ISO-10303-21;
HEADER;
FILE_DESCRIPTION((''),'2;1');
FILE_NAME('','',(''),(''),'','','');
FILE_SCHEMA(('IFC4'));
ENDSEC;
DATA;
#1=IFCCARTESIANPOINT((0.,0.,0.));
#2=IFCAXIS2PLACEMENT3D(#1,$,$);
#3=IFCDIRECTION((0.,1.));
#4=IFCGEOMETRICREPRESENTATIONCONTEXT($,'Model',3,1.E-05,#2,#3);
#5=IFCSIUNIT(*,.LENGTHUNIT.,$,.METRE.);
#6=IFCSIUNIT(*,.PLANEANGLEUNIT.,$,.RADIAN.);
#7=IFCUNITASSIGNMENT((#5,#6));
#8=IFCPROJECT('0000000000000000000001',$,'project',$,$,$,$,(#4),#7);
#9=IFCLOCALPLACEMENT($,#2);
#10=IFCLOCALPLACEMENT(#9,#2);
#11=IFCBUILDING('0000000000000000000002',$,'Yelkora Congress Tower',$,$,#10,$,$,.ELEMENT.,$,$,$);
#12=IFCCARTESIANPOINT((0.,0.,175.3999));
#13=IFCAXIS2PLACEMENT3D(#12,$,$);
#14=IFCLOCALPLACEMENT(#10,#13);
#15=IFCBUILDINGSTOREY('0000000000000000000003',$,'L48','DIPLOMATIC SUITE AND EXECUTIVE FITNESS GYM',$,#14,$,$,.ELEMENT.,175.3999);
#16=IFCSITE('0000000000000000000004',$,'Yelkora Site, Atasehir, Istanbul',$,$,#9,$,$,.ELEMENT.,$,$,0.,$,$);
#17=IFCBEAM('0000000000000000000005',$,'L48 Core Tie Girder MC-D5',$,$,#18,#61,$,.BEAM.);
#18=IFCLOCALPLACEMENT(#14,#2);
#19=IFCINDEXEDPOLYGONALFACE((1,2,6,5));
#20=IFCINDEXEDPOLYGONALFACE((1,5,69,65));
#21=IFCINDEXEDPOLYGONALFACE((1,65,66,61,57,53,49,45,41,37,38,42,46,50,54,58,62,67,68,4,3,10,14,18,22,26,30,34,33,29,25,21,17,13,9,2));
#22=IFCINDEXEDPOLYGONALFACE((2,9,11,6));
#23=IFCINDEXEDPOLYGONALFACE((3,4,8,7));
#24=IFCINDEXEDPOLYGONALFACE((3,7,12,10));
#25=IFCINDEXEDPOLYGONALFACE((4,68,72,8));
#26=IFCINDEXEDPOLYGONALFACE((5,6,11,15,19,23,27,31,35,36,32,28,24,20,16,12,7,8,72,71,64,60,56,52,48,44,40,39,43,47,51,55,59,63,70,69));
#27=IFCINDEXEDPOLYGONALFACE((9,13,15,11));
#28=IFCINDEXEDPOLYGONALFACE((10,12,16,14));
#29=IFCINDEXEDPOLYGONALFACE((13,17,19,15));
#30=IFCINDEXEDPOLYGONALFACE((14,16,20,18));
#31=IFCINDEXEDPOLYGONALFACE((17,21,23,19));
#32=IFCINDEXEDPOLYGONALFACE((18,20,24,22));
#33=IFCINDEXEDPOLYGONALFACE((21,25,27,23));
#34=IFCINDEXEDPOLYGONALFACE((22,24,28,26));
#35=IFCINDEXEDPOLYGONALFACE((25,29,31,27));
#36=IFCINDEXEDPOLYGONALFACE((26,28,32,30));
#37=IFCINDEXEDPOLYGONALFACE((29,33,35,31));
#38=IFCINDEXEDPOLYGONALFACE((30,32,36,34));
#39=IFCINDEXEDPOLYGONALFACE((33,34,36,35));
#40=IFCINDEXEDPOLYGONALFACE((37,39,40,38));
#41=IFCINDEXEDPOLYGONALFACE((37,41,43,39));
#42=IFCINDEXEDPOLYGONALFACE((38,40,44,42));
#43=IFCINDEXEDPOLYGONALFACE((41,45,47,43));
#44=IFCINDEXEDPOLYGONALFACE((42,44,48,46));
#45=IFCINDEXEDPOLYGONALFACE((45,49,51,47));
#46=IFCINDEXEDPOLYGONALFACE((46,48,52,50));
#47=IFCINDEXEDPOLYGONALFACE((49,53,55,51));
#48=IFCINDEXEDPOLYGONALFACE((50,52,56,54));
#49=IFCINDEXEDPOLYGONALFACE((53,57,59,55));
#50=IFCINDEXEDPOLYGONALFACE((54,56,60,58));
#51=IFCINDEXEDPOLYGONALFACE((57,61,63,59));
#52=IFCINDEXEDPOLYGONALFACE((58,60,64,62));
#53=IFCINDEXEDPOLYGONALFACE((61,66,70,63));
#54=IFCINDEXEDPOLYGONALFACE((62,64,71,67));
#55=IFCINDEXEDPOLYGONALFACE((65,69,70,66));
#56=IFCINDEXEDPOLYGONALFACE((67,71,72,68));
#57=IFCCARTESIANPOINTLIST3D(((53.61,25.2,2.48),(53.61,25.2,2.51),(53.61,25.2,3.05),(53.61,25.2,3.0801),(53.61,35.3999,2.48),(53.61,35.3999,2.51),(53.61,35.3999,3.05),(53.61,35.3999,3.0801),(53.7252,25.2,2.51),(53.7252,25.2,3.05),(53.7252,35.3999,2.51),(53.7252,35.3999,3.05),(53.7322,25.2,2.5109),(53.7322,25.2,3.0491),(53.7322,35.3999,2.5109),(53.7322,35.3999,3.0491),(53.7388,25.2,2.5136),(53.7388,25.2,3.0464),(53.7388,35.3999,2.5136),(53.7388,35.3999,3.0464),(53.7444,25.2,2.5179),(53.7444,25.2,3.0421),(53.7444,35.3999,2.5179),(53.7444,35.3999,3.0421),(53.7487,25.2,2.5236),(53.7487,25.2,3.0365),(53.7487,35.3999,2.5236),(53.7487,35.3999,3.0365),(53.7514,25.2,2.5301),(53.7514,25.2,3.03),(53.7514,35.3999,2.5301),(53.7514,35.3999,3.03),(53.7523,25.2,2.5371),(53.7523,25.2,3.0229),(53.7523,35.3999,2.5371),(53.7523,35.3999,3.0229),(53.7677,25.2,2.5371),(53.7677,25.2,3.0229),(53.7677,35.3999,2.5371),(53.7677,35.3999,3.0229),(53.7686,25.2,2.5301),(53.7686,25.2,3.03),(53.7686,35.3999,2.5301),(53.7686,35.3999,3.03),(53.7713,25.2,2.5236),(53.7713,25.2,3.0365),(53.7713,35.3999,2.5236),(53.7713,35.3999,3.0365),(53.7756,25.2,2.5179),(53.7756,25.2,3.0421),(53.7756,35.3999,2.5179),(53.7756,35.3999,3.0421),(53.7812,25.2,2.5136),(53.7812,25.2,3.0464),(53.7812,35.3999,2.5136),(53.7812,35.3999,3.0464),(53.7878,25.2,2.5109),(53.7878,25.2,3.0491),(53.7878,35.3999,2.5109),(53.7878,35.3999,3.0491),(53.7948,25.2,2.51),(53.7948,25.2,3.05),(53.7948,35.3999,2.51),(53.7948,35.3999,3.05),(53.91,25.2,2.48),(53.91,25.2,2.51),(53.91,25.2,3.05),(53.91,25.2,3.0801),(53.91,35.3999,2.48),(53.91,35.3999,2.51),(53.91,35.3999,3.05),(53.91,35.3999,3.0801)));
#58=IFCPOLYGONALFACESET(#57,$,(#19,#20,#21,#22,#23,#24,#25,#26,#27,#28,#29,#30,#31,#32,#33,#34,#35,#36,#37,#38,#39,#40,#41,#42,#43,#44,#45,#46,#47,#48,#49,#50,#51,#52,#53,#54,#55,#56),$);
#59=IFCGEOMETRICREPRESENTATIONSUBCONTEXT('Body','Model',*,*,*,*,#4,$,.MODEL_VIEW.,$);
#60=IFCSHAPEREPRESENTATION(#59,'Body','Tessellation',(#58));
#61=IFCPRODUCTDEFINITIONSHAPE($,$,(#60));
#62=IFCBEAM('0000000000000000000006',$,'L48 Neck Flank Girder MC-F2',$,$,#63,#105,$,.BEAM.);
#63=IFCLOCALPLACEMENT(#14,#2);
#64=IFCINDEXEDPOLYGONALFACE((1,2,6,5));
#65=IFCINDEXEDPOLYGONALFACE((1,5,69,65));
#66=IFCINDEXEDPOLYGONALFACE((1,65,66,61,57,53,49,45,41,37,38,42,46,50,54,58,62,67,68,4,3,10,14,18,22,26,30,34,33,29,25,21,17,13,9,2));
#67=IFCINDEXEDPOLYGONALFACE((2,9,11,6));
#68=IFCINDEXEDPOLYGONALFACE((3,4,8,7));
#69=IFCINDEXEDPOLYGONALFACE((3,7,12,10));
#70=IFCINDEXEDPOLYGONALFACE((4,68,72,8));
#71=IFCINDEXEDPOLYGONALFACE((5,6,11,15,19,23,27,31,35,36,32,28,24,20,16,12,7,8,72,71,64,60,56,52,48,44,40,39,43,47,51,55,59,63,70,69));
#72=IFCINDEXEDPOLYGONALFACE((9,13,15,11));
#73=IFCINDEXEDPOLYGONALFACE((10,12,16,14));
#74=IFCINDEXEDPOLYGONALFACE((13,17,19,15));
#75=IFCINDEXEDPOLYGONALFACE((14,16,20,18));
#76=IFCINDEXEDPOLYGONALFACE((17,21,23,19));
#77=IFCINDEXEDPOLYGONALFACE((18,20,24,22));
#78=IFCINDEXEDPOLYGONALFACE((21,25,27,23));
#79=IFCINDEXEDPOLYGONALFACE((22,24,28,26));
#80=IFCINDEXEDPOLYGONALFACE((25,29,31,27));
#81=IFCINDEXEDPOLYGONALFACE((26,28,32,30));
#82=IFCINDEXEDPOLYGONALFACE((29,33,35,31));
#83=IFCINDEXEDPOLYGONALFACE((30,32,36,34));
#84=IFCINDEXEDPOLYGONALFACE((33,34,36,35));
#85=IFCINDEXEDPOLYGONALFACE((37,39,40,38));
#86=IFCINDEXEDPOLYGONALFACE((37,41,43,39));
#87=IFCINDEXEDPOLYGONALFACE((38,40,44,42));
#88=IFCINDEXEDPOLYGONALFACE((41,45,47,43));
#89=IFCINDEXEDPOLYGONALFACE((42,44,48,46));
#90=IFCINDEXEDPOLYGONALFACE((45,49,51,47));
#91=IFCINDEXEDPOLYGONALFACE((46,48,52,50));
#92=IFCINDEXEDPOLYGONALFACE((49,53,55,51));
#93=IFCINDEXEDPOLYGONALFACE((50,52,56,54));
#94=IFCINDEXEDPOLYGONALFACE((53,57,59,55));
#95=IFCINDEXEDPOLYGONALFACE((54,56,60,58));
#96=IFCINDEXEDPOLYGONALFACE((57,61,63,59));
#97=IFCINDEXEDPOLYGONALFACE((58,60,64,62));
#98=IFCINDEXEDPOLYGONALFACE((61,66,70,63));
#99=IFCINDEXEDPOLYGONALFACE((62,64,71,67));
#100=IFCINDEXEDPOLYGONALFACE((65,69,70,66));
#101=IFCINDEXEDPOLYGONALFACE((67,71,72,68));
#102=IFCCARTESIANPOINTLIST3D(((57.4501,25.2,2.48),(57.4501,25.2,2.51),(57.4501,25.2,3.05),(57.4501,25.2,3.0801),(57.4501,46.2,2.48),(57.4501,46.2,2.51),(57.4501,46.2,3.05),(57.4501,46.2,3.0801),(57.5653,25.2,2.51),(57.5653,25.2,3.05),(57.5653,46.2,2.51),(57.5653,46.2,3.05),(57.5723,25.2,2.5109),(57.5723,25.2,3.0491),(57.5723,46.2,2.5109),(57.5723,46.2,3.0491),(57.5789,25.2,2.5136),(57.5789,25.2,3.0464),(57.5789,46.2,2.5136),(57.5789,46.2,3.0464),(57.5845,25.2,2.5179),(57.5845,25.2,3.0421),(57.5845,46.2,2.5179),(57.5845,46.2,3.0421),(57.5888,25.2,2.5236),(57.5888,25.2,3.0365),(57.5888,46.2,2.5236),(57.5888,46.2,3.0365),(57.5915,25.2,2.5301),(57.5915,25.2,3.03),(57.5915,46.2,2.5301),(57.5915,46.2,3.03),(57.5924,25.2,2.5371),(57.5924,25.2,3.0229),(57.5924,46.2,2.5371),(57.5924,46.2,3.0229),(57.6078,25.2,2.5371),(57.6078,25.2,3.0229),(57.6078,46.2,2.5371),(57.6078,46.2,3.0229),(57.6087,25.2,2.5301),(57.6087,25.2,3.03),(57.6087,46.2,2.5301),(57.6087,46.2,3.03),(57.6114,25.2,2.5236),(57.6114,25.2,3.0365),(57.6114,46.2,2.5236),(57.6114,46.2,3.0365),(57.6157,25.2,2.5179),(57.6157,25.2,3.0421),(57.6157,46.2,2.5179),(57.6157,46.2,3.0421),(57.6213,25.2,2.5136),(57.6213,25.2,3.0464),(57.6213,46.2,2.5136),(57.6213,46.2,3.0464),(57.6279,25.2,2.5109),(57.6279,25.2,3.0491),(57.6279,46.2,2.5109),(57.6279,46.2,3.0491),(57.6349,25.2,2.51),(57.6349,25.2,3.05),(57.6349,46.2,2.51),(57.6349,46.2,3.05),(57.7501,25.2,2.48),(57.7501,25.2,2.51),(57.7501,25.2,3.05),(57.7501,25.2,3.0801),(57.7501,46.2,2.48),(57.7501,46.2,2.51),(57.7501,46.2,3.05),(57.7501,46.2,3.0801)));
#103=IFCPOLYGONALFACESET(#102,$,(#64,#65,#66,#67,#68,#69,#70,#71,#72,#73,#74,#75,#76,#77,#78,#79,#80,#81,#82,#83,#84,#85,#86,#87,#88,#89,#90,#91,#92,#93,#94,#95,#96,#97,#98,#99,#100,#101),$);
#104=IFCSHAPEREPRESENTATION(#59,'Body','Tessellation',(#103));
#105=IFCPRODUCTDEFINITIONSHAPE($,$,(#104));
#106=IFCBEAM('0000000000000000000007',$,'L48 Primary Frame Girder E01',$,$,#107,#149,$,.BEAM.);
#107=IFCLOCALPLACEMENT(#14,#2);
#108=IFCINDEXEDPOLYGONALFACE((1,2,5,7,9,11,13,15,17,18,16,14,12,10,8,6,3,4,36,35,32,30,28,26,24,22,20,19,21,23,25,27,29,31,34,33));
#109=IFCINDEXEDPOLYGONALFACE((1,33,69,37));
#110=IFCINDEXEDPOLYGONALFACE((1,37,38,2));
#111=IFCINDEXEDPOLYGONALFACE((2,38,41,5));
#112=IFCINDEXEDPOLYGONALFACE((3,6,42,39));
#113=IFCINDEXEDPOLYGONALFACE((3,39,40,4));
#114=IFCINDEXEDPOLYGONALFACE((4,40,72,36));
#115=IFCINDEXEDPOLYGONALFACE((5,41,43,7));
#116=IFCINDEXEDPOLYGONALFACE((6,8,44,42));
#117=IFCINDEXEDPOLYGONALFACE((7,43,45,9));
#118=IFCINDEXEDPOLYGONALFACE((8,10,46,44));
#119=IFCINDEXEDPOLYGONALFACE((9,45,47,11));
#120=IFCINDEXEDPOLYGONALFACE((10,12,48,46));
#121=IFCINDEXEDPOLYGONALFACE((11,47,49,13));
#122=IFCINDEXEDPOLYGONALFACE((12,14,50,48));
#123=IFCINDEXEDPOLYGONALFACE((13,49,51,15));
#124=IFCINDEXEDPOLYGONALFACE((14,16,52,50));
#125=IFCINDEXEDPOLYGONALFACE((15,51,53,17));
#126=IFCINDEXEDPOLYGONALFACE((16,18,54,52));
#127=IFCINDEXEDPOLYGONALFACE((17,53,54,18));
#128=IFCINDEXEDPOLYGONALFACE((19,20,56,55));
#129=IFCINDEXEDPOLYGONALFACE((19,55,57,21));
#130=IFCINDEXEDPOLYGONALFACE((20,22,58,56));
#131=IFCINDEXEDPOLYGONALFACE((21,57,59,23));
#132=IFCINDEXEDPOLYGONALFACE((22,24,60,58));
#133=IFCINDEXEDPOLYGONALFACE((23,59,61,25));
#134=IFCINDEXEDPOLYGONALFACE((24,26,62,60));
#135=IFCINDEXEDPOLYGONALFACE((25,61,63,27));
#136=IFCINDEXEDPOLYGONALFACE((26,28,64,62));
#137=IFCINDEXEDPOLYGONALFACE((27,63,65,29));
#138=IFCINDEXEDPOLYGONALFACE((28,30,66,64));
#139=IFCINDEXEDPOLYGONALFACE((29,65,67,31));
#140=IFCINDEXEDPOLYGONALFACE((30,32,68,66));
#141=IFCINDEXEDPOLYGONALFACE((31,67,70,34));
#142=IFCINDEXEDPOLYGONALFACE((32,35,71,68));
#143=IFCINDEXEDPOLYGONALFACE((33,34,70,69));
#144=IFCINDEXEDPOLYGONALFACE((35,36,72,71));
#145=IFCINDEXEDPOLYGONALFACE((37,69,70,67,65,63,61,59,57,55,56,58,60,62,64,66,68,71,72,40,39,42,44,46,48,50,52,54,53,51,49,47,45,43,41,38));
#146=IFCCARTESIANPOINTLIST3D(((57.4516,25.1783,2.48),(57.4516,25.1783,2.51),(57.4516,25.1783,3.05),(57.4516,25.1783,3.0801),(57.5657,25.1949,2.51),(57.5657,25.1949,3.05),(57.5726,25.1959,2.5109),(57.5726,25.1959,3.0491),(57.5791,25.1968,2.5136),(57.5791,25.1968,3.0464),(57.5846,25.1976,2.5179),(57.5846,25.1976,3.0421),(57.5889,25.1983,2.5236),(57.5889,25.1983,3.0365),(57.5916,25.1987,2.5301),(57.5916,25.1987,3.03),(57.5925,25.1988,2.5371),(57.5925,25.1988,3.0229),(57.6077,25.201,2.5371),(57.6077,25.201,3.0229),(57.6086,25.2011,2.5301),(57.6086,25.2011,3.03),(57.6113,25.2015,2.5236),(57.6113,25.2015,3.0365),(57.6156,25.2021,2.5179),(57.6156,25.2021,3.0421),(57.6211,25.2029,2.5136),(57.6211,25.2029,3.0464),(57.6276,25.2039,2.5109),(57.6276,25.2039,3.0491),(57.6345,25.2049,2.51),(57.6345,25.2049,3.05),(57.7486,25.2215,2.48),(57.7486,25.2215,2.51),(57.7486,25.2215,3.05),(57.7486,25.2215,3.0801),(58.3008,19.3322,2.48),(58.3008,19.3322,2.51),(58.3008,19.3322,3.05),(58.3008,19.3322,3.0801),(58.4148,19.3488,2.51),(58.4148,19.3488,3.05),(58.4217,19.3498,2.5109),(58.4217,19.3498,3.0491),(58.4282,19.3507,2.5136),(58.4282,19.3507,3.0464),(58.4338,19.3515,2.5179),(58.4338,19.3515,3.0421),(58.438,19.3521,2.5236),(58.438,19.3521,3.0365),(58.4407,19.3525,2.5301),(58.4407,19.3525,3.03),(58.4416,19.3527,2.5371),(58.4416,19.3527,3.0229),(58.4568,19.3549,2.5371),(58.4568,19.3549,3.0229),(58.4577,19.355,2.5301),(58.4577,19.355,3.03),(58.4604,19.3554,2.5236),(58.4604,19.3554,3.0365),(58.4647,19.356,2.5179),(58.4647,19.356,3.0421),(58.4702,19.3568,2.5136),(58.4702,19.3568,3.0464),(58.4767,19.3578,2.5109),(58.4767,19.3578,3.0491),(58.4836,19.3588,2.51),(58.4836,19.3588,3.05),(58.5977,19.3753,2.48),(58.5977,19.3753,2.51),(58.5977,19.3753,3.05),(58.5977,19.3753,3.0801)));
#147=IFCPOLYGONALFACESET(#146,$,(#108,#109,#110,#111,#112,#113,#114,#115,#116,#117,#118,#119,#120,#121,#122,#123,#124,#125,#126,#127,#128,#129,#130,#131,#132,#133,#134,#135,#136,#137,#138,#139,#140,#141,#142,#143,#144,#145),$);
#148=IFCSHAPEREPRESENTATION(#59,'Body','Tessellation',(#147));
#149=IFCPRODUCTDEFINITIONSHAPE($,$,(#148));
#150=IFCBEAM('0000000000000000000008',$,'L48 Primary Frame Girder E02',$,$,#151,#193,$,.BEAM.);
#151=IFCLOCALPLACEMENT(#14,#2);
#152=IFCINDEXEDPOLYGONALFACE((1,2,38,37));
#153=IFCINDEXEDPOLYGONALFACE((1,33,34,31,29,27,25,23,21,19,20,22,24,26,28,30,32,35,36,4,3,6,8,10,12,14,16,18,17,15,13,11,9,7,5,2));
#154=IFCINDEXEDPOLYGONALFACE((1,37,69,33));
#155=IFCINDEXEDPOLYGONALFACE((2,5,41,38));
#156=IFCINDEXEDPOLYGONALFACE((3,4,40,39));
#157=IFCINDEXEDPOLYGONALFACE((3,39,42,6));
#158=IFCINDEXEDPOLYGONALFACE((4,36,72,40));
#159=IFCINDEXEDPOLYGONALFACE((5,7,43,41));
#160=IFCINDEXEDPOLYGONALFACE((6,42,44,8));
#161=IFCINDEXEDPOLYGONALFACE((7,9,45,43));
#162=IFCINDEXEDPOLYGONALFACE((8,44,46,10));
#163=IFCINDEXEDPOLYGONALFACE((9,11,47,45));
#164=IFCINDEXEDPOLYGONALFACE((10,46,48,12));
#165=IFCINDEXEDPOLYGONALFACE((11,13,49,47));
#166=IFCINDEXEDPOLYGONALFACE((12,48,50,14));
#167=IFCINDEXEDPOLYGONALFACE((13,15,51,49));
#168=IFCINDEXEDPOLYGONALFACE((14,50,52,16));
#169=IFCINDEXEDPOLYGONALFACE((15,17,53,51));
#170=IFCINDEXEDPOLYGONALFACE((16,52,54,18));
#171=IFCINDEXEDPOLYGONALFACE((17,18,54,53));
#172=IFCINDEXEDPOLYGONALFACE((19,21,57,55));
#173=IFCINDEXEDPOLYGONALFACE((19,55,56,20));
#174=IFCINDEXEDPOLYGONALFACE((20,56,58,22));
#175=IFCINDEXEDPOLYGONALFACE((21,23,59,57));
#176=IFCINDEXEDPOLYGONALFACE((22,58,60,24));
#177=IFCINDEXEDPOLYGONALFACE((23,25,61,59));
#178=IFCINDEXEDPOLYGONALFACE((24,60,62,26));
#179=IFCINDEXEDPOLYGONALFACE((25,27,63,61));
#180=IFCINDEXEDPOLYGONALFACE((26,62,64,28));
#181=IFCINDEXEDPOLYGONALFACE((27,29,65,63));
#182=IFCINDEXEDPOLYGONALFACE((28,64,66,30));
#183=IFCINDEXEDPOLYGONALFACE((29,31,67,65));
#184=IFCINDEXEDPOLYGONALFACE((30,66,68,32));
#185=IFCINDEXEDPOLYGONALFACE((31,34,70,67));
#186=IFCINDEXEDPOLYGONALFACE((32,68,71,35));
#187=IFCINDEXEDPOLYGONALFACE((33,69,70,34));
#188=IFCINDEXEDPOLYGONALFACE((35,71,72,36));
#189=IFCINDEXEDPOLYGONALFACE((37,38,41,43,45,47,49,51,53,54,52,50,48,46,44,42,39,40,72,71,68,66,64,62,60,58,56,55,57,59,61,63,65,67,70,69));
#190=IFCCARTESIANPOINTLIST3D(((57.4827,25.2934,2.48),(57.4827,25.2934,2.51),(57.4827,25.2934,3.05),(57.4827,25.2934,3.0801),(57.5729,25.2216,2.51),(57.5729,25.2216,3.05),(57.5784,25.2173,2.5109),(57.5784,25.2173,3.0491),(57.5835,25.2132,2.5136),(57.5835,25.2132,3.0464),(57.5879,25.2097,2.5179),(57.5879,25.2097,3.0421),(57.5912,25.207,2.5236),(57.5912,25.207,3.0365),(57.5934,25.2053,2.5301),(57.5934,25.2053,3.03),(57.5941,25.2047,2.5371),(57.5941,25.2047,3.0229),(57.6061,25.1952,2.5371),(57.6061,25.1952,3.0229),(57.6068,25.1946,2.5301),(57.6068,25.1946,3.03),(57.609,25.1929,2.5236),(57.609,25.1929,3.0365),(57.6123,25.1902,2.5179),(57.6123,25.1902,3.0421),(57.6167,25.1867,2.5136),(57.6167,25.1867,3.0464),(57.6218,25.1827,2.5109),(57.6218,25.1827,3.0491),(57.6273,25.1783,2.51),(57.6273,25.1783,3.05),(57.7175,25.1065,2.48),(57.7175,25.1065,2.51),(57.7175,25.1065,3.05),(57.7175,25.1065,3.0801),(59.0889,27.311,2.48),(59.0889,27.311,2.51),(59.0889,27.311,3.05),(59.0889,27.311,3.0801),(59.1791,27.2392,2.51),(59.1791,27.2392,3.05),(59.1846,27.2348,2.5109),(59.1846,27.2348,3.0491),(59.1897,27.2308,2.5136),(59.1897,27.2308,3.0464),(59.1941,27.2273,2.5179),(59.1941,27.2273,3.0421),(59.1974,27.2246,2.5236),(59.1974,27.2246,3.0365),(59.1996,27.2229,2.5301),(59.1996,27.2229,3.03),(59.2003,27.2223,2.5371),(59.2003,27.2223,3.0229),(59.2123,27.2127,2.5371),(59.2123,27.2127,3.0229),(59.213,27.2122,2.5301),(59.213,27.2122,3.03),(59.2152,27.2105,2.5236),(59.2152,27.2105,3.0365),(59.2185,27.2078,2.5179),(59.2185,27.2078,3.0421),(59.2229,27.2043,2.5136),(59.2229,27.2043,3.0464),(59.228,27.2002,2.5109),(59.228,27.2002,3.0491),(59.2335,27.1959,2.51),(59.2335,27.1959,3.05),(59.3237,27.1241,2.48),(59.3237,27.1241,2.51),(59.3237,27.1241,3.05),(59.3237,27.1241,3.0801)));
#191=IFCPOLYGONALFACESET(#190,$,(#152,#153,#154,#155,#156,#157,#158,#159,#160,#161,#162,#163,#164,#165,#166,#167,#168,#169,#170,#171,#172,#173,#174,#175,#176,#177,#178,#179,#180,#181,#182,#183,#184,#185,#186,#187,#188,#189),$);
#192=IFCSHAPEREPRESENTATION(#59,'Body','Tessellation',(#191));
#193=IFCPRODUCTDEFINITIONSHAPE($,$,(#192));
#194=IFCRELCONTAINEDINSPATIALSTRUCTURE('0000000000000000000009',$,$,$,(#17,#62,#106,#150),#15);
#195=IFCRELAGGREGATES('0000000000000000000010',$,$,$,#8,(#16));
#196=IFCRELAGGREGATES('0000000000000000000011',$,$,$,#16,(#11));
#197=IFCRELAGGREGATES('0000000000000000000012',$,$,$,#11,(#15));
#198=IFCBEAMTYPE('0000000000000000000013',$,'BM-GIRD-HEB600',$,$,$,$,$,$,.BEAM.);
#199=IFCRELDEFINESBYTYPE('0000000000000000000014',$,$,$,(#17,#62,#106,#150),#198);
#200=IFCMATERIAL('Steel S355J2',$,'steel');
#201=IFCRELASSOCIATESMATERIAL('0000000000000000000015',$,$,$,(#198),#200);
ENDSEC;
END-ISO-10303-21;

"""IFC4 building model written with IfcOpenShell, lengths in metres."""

from ifc_helpers import new_model, si_unit, direction, frame, origin, origin_2d, place, context, subcontext, project, spatial, i_section, extrude, material, material_profile, profile_set, type_object, element, save


model = new_model("IFC4")

# Units and contexts
model_context = context("Model", 3, precision=1e-05, world=origin(), true_north=direction((0.0, 1.0)))
body_context = subcontext(model_context, "Body", "Model", "MODEL_VIEW")
ifc_project = project(units=[si_unit("LENGTHUNIT", "METRE"), si_unit("PLANEANGLEUNIT", "RADIAN")], contexts=[model_context])

# Site, building, storey
site_placement = place(None, origin())
site = spatial("IfcSite", under=ifc_project, at=site_placement, Name="Yelkora Site, Atasehir, Istanbul", CompositionType="ELEMENT", RefElevation=0.0)
building_placement = place(site_placement, origin())
building = spatial("IfcBuilding", under=site, at=building_placement, Name="Yelkora Congress Tower", CompositionType="ELEMENT")
storey_placement = place(building_placement, frame((0.0, 0.0, 175.3999)))
storey = spatial("IfcBuildingStorey", under=building, at=storey_placement, Name="L48", Description="DIPLOMATIC SUITE AND EXECUTIVE FITNESS GYM", CompositionType="ELEMENT", Elevation=175.3999)

# Beams
ifc_material_1 = material(Name="Steel S355J2", Category="steel")
ifc_material_profile_1 = material_profile(ifc_material_1, i_section(OverallWidth=0.3, OverallDepth=0.6001, WebThickness=0.0154, FlangeThickness=0.03, FilletRadius=0.0271, at=origin_2d()), Name="HEB 600")
ifc_profile_set_1 = profile_set([ifc_material_profile_1], Name="Steel S355J2")
beam_type_1 = type_object("IfcBeamType", Name="BM-GIRD-HEB600", PredefinedType="BEAM", material=ifc_profile_set_1)
beam_1_placement = place(storey_placement, frame((53.76, 25.2, 2.78), z_axis=(0.0, 1.0, 0.0), x_axis=(-1.0, 0.0, 0.0)))
element("IfcBeam", 1, at=beam_1_placement, inside=storey, type_object=beam_type_1, Name="L48 Core Tie Girder MC-D5", PredefinedType="BEAM", context=body_context, shape_type="SweptSolid", body=[
    extrude(i_section(OverallWidth=0.3, OverallDepth=0.6001, WebThickness=0.0154, FlangeThickness=0.03, FilletRadius=0.0271, at=origin_2d()), origin(), (0.0, 0.0, 1.0), 10.2),
])
beam_2_placement = place(storey_placement, frame((57.6001, 25.2, 2.78), z_axis=(0.0, 1.0, 0.0), x_axis=(-1.0, 0.0, 0.0)))
element("IfcBeam", 2, at=beam_2_placement, inside=storey, type_object=beam_type_1, Name="L48 Neck Flank Girder MC-F2", PredefinedType="BEAM", context=body_context, shape_type="SweptSolid", body=[
    extrude(i_section(OverallWidth=0.3, OverallDepth=0.6001, WebThickness=0.0154, FlangeThickness=0.03, FilletRadius=0.0271, at=origin_2d()), origin(), (0.0, 0.0, 1.0), 21.0),
])
beam_3_placement = place(storey_placement, frame((58.4492, 19.3538, 2.78), z_axis=(-0.143735, 0.989616, 0.0), x_axis=(-0.989616, -0.143735, 0.0)))
element("IfcBeam", 3, at=beam_3_placement, inside=storey, type_object=beam_type_1, Name="L48 Primary Frame Girder E01", PredefinedType="BEAM", context=body_context, shape_type="SweptSolid", body=[
    extrude(i_section(OverallWidth=0.3, OverallDepth=0.6001, WebThickness=0.0154, FlangeThickness=0.03, FilletRadius=0.0271, at=origin_2d()), origin(), (0.0, 0.0, 1.0), 5.9075),
])
beam_4_placement = place(storey_placement, frame((59.2063, 27.2175, 2.78), z_axis=(-0.622835, -0.782354, 0.0), x_axis=(0.782354, -0.622835, 0.0)))
element("IfcBeam", 4, at=beam_4_placement, inside=storey, type_object=beam_type_1, Name="L48 Primary Frame Girder E02", PredefinedType="BEAM", context=body_context, shape_type="SweptSolid", body=[
    extrude(i_section(OverallWidth=0.3, OverallDepth=0.6001, WebThickness=0.0154, FlangeThickness=0.03, FilletRadius=0.0271, at=origin_2d()), origin(), (0.0, 0.0, 1.0), 2.5789),
])

save(model, "model.ifc")
